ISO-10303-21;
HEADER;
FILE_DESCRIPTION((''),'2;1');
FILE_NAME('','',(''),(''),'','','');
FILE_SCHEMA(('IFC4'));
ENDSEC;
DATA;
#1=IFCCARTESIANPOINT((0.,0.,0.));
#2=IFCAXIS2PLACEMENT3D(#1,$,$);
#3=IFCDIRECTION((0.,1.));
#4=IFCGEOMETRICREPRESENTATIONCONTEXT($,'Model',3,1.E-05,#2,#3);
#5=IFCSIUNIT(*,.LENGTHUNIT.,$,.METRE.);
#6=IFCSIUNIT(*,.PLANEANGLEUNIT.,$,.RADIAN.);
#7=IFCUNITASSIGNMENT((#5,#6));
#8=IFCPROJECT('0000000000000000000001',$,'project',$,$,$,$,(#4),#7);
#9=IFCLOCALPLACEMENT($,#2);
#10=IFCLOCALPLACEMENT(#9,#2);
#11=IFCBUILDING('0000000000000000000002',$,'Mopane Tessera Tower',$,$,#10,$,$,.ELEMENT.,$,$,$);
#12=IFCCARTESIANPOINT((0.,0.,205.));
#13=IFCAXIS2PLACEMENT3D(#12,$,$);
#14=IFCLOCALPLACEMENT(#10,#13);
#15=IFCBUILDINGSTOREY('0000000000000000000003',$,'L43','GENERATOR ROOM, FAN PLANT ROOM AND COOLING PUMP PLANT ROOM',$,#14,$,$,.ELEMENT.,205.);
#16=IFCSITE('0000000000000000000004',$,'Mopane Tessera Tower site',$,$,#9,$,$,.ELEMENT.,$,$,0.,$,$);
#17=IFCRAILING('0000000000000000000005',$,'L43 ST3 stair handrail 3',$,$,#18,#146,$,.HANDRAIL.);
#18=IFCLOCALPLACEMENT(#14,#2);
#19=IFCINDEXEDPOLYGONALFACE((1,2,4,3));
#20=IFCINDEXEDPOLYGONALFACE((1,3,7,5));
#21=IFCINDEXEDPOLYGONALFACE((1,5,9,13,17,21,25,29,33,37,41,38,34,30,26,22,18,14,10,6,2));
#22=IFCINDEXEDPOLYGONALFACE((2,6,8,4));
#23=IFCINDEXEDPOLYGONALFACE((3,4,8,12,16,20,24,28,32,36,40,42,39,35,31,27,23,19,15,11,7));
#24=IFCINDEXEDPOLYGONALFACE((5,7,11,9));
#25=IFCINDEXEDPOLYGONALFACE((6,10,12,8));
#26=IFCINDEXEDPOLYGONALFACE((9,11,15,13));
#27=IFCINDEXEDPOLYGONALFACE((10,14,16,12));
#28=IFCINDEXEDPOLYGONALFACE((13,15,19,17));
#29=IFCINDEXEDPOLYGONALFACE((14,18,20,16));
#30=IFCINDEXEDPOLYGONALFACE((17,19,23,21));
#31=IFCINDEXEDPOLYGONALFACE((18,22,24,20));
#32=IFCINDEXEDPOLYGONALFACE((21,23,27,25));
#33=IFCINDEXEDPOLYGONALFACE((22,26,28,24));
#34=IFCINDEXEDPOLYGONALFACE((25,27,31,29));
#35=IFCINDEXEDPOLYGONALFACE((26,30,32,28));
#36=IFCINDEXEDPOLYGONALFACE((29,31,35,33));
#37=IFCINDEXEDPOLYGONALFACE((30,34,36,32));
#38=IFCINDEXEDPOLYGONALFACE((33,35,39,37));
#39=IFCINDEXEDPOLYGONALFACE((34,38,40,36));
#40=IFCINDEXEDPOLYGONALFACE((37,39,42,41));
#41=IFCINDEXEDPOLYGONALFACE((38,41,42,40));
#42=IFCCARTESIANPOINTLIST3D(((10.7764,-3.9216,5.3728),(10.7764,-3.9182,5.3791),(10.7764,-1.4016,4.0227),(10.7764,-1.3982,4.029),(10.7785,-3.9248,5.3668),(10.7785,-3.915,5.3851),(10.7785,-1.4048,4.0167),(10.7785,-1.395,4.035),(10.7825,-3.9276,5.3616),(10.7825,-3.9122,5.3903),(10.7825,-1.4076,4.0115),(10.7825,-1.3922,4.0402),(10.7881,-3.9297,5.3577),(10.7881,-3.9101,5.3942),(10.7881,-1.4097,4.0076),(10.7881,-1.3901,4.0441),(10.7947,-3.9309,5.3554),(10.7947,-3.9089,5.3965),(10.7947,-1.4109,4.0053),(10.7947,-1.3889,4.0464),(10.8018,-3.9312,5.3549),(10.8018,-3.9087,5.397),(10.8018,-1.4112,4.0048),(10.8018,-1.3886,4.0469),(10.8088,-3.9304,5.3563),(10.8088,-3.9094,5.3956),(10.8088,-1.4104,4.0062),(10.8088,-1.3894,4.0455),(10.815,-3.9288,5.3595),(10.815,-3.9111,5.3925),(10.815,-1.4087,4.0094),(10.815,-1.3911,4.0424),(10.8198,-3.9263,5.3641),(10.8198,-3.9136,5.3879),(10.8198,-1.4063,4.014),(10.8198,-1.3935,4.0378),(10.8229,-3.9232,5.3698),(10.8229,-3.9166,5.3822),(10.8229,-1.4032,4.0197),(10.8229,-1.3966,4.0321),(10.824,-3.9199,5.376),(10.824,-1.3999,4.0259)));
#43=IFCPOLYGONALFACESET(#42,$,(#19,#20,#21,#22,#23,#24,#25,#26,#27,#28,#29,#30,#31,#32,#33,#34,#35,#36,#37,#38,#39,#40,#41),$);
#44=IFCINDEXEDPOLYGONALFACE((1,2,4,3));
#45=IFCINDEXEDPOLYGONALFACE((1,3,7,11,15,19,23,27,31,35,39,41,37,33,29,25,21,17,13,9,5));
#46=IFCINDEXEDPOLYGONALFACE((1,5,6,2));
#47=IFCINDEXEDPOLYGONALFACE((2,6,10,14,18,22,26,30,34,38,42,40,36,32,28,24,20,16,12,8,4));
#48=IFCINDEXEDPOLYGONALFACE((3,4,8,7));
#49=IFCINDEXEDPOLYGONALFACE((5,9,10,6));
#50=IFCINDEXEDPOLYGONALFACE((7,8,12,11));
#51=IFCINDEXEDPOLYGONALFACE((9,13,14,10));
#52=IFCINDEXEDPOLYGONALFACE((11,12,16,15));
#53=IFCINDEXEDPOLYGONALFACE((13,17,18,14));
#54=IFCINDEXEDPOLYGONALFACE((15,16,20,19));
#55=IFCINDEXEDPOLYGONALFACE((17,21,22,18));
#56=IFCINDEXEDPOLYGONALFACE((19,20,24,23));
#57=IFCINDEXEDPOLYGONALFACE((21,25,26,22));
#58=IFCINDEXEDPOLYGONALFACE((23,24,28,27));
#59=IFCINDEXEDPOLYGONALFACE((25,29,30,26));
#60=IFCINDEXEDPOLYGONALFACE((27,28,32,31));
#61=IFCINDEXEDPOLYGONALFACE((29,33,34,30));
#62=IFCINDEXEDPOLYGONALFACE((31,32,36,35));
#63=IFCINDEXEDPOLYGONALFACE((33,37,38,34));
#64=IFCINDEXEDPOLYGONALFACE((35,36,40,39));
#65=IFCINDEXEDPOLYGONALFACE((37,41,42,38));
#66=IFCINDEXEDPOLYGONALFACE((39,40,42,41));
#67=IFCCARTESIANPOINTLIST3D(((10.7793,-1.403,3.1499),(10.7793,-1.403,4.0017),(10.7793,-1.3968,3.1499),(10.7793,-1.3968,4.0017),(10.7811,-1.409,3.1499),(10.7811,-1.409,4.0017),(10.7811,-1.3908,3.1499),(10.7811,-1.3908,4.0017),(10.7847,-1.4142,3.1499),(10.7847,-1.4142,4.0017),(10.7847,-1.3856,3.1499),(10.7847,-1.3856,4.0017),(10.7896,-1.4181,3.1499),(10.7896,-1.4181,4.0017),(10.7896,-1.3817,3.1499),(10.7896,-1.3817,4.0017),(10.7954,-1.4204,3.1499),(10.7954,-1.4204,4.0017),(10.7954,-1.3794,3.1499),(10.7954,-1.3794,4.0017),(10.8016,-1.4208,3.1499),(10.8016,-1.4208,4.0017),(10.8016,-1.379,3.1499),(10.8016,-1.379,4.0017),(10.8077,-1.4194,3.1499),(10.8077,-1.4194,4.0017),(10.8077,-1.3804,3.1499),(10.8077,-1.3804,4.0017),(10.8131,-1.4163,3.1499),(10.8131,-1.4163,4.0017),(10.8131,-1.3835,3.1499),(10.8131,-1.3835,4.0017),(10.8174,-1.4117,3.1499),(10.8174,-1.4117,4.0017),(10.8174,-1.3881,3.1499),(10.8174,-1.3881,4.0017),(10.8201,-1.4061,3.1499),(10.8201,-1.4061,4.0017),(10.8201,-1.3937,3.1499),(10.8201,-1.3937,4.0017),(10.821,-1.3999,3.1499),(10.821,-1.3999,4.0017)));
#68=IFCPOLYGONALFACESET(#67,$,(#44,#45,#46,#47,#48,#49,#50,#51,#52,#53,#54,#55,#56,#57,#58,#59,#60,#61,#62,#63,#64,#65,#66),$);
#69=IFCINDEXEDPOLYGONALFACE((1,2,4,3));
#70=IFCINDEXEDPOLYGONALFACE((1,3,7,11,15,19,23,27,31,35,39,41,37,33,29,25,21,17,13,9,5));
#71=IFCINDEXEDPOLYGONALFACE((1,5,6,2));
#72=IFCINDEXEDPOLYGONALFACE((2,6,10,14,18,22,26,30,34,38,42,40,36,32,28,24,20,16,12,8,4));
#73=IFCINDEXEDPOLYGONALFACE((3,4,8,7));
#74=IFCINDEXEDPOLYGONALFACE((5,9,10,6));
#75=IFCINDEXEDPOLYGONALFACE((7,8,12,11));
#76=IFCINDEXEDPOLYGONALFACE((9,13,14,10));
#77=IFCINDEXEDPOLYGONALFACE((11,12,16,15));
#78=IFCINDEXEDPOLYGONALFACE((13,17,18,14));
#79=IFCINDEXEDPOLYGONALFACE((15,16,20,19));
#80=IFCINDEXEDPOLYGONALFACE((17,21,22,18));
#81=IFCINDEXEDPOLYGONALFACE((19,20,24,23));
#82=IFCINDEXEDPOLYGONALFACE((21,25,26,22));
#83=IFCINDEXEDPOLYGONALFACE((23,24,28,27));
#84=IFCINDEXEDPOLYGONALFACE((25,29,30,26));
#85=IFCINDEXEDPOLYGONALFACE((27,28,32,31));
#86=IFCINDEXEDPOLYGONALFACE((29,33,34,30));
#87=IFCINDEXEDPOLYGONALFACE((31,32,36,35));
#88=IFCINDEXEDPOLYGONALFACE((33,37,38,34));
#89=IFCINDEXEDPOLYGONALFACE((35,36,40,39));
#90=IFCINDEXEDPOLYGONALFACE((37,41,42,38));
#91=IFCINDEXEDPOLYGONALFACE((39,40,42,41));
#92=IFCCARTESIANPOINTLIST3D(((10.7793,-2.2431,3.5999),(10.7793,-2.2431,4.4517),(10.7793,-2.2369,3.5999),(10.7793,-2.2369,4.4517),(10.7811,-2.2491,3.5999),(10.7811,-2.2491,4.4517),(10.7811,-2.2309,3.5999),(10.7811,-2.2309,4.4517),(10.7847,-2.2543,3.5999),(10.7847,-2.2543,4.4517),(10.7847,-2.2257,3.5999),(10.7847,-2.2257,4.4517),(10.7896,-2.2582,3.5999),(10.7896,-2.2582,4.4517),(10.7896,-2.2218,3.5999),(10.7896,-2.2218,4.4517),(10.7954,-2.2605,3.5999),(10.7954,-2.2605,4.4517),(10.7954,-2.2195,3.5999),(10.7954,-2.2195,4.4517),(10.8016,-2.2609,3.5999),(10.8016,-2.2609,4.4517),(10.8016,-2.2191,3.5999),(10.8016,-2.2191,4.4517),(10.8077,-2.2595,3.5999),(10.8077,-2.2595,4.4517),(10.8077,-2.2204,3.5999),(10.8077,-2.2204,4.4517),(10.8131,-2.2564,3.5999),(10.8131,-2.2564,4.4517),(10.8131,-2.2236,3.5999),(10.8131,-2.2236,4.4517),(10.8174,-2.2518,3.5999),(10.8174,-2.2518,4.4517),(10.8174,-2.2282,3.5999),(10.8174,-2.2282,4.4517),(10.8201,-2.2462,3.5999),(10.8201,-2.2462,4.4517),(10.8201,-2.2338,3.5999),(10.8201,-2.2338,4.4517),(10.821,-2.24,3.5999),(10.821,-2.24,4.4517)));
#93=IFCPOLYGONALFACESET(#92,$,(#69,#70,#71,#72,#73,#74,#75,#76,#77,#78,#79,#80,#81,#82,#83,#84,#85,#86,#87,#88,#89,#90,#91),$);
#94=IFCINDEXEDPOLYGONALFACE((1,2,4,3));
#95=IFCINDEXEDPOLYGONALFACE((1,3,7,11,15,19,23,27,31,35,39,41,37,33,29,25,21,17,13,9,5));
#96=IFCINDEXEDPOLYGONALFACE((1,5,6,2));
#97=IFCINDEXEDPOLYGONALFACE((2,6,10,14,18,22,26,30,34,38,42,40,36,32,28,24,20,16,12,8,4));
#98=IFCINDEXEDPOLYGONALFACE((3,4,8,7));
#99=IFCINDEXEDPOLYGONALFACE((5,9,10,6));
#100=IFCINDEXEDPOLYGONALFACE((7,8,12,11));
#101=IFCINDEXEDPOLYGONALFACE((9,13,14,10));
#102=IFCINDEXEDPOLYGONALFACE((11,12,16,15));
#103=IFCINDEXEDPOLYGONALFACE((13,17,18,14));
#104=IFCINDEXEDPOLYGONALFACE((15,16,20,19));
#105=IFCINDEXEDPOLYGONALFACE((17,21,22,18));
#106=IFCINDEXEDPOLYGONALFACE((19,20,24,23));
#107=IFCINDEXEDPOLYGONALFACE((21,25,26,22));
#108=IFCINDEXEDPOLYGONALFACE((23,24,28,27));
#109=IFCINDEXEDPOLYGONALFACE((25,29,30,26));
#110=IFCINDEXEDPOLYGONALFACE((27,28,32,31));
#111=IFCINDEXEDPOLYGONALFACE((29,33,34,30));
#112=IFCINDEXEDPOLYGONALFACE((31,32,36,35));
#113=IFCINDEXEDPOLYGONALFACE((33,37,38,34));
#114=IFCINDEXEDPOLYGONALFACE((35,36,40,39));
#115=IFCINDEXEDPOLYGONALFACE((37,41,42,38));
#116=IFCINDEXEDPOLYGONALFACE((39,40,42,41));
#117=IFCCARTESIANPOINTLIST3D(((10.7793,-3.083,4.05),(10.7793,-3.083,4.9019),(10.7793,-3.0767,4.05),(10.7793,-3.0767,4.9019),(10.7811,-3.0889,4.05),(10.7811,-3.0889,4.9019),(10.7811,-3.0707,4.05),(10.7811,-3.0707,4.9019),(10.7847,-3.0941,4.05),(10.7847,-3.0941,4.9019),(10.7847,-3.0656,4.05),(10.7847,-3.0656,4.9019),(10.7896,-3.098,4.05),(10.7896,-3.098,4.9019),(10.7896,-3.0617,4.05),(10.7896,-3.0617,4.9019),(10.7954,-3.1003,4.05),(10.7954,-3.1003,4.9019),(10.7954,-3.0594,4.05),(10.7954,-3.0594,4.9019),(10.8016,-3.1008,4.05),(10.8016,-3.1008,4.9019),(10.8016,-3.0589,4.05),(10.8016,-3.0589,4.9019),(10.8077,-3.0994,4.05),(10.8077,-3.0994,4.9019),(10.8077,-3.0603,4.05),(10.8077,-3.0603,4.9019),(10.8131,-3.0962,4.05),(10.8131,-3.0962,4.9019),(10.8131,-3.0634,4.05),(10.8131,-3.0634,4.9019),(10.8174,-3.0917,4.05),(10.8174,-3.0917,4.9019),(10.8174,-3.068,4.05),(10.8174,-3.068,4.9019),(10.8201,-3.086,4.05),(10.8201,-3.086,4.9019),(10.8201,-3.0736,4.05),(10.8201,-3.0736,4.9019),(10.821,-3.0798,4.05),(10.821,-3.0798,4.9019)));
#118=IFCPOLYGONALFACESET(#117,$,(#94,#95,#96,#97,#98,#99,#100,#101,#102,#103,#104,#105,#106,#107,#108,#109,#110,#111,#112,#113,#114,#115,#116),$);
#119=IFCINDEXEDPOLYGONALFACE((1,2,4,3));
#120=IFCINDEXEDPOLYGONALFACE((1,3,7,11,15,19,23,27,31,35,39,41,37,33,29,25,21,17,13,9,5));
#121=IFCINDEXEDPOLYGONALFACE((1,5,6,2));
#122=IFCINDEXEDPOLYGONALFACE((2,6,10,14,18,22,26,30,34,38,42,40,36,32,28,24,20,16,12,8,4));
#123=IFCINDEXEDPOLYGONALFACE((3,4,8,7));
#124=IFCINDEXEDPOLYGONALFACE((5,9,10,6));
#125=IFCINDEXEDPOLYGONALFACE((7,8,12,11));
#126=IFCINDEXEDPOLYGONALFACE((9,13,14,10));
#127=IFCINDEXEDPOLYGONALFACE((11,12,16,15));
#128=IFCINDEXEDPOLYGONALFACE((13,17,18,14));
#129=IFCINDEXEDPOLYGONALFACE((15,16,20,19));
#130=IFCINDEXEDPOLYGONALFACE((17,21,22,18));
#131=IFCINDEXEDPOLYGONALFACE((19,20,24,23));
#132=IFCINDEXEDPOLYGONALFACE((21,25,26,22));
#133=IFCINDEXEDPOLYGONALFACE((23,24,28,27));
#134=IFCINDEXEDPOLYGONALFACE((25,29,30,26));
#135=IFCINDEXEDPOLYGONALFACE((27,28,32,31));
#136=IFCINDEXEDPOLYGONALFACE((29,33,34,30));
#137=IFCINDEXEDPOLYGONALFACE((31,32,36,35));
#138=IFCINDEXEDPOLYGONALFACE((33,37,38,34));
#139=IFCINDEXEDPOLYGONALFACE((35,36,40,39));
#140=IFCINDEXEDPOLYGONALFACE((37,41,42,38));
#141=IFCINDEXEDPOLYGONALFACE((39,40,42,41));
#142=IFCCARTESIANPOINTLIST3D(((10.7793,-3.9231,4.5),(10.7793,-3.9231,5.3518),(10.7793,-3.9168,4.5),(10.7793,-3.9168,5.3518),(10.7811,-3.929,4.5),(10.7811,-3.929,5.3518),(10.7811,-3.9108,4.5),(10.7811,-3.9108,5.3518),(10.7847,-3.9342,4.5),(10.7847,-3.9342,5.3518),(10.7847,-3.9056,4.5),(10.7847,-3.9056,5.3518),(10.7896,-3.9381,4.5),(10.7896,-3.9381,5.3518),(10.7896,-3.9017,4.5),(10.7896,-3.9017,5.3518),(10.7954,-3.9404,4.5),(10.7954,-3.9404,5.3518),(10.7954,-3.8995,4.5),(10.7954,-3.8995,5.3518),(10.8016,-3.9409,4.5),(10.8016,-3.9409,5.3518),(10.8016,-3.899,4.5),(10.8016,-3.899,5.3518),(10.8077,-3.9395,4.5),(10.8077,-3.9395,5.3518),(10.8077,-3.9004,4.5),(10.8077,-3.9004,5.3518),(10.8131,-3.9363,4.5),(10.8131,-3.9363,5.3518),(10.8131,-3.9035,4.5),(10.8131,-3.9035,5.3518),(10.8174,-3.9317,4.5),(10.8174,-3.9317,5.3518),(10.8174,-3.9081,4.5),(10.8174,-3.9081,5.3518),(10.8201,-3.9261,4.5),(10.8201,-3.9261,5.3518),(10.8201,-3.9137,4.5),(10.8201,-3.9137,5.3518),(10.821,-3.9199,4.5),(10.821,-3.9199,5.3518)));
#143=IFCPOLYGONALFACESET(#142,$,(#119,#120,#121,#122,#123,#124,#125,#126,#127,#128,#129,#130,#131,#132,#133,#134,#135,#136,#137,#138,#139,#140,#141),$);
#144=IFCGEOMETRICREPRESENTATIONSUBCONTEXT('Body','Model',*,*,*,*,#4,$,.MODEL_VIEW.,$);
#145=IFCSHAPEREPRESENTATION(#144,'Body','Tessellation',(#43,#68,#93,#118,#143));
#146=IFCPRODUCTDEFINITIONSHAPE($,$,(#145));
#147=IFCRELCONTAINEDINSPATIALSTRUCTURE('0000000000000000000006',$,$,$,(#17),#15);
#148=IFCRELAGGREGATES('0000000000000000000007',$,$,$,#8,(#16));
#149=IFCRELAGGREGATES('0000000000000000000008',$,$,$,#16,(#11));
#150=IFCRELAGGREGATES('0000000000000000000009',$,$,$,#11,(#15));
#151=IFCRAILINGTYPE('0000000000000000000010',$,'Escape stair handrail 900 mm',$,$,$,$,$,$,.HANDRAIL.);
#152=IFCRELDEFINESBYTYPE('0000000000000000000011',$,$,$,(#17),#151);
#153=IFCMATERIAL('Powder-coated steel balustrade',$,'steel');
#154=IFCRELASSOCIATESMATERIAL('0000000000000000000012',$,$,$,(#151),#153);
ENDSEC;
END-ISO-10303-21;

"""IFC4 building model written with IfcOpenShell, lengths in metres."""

from ifc_helpers import new_model, si_unit, direction, frame, origin, origin_2d, place, context, subcontext, project, spatial, circle, extrude, material, type_object, element, save


model = new_model("IFC4")

# Units and contexts
model_context = context("Model", 3, precision=1e-05, world=origin(), true_north=direction((0.0, 1.0)))
body_context = subcontext(model_context, "Body", "Model", "MODEL_VIEW")
ifc_project = project(units=[si_unit("LENGTHUNIT", "METRE"), si_unit("PLANEANGLEUNIT", "RADIAN")], contexts=[model_context])

# Site, building, storey
site_placement = place(None, origin())
site = spatial("IfcSite", under=ifc_project, at=site_placement, Name="Mopane Tessera Tower site", CompositionType="ELEMENT", RefElevation=0.0)
building_placement = place(site_placement, origin())
building = spatial("IfcBuilding", under=site, at=building_placement, Name="Mopane Tessera Tower", CompositionType="ELEMENT")
storey_placement = place(building_placement, frame((0.0, 0.0, 205.0)))
storey = spatial("IfcBuildingStorey", under=building, at=storey_placement, Name="L43", Description="GENERATOR ROOM, FAN PLANT ROOM AND COOLING PUMP PLANT ROOM", CompositionType="ELEMENT", Elevation=205.0)

# Railing
ifc_material_1 = material(Name="Powder-coated steel balustrade", Category="steel")
railing_type_1 = type_object("IfcRailingType", Name="Escape stair handrail 900 mm", PredefinedType="HANDRAIL", material=ifc_material_1)
railing_1_placement = place(storey_placement, frame((10.8, -1.3999, 3.1499)))
element("IfcRailing", 1, at=railing_1_placement, inside=storey, type_object=railing_type_1, Name="L43 ST3 stair handrail 3", PredefinedType="HANDRAIL", context=body_context, shape_type="SweptSolid", body=[
    extrude(circle(Radius=0.0239, at=origin_2d()), frame((0.0, 0.0, 0.876), z_axis=(0.0, -0.881467, 0.472245), x_axis=(1.0, 0.0, 0.0)), (0.0, 0.0, 1.0), 2.8589),
    extrude(circle(Radius=0.021, at=origin_2d()), origin(), (0.0, 0.0, 1.0), 0.8518),
    extrude(circle(Radius=0.021, at=origin_2d()), frame((0.0, -0.8401, 0.45)), (0.0, 0.0, 1.0), 0.8518),
    extrude(circle(Radius=0.021, at=origin_2d()), frame((0.0, -1.6799, 0.9001)), (0.0, 0.0, 1.0), 0.8518),
    extrude(circle(Radius=0.021, at=origin_2d()), frame((0.0, -2.52, 1.3501)), (0.0, 0.0, 1.0), 0.8518),
])

save(model, "model.ifc")
